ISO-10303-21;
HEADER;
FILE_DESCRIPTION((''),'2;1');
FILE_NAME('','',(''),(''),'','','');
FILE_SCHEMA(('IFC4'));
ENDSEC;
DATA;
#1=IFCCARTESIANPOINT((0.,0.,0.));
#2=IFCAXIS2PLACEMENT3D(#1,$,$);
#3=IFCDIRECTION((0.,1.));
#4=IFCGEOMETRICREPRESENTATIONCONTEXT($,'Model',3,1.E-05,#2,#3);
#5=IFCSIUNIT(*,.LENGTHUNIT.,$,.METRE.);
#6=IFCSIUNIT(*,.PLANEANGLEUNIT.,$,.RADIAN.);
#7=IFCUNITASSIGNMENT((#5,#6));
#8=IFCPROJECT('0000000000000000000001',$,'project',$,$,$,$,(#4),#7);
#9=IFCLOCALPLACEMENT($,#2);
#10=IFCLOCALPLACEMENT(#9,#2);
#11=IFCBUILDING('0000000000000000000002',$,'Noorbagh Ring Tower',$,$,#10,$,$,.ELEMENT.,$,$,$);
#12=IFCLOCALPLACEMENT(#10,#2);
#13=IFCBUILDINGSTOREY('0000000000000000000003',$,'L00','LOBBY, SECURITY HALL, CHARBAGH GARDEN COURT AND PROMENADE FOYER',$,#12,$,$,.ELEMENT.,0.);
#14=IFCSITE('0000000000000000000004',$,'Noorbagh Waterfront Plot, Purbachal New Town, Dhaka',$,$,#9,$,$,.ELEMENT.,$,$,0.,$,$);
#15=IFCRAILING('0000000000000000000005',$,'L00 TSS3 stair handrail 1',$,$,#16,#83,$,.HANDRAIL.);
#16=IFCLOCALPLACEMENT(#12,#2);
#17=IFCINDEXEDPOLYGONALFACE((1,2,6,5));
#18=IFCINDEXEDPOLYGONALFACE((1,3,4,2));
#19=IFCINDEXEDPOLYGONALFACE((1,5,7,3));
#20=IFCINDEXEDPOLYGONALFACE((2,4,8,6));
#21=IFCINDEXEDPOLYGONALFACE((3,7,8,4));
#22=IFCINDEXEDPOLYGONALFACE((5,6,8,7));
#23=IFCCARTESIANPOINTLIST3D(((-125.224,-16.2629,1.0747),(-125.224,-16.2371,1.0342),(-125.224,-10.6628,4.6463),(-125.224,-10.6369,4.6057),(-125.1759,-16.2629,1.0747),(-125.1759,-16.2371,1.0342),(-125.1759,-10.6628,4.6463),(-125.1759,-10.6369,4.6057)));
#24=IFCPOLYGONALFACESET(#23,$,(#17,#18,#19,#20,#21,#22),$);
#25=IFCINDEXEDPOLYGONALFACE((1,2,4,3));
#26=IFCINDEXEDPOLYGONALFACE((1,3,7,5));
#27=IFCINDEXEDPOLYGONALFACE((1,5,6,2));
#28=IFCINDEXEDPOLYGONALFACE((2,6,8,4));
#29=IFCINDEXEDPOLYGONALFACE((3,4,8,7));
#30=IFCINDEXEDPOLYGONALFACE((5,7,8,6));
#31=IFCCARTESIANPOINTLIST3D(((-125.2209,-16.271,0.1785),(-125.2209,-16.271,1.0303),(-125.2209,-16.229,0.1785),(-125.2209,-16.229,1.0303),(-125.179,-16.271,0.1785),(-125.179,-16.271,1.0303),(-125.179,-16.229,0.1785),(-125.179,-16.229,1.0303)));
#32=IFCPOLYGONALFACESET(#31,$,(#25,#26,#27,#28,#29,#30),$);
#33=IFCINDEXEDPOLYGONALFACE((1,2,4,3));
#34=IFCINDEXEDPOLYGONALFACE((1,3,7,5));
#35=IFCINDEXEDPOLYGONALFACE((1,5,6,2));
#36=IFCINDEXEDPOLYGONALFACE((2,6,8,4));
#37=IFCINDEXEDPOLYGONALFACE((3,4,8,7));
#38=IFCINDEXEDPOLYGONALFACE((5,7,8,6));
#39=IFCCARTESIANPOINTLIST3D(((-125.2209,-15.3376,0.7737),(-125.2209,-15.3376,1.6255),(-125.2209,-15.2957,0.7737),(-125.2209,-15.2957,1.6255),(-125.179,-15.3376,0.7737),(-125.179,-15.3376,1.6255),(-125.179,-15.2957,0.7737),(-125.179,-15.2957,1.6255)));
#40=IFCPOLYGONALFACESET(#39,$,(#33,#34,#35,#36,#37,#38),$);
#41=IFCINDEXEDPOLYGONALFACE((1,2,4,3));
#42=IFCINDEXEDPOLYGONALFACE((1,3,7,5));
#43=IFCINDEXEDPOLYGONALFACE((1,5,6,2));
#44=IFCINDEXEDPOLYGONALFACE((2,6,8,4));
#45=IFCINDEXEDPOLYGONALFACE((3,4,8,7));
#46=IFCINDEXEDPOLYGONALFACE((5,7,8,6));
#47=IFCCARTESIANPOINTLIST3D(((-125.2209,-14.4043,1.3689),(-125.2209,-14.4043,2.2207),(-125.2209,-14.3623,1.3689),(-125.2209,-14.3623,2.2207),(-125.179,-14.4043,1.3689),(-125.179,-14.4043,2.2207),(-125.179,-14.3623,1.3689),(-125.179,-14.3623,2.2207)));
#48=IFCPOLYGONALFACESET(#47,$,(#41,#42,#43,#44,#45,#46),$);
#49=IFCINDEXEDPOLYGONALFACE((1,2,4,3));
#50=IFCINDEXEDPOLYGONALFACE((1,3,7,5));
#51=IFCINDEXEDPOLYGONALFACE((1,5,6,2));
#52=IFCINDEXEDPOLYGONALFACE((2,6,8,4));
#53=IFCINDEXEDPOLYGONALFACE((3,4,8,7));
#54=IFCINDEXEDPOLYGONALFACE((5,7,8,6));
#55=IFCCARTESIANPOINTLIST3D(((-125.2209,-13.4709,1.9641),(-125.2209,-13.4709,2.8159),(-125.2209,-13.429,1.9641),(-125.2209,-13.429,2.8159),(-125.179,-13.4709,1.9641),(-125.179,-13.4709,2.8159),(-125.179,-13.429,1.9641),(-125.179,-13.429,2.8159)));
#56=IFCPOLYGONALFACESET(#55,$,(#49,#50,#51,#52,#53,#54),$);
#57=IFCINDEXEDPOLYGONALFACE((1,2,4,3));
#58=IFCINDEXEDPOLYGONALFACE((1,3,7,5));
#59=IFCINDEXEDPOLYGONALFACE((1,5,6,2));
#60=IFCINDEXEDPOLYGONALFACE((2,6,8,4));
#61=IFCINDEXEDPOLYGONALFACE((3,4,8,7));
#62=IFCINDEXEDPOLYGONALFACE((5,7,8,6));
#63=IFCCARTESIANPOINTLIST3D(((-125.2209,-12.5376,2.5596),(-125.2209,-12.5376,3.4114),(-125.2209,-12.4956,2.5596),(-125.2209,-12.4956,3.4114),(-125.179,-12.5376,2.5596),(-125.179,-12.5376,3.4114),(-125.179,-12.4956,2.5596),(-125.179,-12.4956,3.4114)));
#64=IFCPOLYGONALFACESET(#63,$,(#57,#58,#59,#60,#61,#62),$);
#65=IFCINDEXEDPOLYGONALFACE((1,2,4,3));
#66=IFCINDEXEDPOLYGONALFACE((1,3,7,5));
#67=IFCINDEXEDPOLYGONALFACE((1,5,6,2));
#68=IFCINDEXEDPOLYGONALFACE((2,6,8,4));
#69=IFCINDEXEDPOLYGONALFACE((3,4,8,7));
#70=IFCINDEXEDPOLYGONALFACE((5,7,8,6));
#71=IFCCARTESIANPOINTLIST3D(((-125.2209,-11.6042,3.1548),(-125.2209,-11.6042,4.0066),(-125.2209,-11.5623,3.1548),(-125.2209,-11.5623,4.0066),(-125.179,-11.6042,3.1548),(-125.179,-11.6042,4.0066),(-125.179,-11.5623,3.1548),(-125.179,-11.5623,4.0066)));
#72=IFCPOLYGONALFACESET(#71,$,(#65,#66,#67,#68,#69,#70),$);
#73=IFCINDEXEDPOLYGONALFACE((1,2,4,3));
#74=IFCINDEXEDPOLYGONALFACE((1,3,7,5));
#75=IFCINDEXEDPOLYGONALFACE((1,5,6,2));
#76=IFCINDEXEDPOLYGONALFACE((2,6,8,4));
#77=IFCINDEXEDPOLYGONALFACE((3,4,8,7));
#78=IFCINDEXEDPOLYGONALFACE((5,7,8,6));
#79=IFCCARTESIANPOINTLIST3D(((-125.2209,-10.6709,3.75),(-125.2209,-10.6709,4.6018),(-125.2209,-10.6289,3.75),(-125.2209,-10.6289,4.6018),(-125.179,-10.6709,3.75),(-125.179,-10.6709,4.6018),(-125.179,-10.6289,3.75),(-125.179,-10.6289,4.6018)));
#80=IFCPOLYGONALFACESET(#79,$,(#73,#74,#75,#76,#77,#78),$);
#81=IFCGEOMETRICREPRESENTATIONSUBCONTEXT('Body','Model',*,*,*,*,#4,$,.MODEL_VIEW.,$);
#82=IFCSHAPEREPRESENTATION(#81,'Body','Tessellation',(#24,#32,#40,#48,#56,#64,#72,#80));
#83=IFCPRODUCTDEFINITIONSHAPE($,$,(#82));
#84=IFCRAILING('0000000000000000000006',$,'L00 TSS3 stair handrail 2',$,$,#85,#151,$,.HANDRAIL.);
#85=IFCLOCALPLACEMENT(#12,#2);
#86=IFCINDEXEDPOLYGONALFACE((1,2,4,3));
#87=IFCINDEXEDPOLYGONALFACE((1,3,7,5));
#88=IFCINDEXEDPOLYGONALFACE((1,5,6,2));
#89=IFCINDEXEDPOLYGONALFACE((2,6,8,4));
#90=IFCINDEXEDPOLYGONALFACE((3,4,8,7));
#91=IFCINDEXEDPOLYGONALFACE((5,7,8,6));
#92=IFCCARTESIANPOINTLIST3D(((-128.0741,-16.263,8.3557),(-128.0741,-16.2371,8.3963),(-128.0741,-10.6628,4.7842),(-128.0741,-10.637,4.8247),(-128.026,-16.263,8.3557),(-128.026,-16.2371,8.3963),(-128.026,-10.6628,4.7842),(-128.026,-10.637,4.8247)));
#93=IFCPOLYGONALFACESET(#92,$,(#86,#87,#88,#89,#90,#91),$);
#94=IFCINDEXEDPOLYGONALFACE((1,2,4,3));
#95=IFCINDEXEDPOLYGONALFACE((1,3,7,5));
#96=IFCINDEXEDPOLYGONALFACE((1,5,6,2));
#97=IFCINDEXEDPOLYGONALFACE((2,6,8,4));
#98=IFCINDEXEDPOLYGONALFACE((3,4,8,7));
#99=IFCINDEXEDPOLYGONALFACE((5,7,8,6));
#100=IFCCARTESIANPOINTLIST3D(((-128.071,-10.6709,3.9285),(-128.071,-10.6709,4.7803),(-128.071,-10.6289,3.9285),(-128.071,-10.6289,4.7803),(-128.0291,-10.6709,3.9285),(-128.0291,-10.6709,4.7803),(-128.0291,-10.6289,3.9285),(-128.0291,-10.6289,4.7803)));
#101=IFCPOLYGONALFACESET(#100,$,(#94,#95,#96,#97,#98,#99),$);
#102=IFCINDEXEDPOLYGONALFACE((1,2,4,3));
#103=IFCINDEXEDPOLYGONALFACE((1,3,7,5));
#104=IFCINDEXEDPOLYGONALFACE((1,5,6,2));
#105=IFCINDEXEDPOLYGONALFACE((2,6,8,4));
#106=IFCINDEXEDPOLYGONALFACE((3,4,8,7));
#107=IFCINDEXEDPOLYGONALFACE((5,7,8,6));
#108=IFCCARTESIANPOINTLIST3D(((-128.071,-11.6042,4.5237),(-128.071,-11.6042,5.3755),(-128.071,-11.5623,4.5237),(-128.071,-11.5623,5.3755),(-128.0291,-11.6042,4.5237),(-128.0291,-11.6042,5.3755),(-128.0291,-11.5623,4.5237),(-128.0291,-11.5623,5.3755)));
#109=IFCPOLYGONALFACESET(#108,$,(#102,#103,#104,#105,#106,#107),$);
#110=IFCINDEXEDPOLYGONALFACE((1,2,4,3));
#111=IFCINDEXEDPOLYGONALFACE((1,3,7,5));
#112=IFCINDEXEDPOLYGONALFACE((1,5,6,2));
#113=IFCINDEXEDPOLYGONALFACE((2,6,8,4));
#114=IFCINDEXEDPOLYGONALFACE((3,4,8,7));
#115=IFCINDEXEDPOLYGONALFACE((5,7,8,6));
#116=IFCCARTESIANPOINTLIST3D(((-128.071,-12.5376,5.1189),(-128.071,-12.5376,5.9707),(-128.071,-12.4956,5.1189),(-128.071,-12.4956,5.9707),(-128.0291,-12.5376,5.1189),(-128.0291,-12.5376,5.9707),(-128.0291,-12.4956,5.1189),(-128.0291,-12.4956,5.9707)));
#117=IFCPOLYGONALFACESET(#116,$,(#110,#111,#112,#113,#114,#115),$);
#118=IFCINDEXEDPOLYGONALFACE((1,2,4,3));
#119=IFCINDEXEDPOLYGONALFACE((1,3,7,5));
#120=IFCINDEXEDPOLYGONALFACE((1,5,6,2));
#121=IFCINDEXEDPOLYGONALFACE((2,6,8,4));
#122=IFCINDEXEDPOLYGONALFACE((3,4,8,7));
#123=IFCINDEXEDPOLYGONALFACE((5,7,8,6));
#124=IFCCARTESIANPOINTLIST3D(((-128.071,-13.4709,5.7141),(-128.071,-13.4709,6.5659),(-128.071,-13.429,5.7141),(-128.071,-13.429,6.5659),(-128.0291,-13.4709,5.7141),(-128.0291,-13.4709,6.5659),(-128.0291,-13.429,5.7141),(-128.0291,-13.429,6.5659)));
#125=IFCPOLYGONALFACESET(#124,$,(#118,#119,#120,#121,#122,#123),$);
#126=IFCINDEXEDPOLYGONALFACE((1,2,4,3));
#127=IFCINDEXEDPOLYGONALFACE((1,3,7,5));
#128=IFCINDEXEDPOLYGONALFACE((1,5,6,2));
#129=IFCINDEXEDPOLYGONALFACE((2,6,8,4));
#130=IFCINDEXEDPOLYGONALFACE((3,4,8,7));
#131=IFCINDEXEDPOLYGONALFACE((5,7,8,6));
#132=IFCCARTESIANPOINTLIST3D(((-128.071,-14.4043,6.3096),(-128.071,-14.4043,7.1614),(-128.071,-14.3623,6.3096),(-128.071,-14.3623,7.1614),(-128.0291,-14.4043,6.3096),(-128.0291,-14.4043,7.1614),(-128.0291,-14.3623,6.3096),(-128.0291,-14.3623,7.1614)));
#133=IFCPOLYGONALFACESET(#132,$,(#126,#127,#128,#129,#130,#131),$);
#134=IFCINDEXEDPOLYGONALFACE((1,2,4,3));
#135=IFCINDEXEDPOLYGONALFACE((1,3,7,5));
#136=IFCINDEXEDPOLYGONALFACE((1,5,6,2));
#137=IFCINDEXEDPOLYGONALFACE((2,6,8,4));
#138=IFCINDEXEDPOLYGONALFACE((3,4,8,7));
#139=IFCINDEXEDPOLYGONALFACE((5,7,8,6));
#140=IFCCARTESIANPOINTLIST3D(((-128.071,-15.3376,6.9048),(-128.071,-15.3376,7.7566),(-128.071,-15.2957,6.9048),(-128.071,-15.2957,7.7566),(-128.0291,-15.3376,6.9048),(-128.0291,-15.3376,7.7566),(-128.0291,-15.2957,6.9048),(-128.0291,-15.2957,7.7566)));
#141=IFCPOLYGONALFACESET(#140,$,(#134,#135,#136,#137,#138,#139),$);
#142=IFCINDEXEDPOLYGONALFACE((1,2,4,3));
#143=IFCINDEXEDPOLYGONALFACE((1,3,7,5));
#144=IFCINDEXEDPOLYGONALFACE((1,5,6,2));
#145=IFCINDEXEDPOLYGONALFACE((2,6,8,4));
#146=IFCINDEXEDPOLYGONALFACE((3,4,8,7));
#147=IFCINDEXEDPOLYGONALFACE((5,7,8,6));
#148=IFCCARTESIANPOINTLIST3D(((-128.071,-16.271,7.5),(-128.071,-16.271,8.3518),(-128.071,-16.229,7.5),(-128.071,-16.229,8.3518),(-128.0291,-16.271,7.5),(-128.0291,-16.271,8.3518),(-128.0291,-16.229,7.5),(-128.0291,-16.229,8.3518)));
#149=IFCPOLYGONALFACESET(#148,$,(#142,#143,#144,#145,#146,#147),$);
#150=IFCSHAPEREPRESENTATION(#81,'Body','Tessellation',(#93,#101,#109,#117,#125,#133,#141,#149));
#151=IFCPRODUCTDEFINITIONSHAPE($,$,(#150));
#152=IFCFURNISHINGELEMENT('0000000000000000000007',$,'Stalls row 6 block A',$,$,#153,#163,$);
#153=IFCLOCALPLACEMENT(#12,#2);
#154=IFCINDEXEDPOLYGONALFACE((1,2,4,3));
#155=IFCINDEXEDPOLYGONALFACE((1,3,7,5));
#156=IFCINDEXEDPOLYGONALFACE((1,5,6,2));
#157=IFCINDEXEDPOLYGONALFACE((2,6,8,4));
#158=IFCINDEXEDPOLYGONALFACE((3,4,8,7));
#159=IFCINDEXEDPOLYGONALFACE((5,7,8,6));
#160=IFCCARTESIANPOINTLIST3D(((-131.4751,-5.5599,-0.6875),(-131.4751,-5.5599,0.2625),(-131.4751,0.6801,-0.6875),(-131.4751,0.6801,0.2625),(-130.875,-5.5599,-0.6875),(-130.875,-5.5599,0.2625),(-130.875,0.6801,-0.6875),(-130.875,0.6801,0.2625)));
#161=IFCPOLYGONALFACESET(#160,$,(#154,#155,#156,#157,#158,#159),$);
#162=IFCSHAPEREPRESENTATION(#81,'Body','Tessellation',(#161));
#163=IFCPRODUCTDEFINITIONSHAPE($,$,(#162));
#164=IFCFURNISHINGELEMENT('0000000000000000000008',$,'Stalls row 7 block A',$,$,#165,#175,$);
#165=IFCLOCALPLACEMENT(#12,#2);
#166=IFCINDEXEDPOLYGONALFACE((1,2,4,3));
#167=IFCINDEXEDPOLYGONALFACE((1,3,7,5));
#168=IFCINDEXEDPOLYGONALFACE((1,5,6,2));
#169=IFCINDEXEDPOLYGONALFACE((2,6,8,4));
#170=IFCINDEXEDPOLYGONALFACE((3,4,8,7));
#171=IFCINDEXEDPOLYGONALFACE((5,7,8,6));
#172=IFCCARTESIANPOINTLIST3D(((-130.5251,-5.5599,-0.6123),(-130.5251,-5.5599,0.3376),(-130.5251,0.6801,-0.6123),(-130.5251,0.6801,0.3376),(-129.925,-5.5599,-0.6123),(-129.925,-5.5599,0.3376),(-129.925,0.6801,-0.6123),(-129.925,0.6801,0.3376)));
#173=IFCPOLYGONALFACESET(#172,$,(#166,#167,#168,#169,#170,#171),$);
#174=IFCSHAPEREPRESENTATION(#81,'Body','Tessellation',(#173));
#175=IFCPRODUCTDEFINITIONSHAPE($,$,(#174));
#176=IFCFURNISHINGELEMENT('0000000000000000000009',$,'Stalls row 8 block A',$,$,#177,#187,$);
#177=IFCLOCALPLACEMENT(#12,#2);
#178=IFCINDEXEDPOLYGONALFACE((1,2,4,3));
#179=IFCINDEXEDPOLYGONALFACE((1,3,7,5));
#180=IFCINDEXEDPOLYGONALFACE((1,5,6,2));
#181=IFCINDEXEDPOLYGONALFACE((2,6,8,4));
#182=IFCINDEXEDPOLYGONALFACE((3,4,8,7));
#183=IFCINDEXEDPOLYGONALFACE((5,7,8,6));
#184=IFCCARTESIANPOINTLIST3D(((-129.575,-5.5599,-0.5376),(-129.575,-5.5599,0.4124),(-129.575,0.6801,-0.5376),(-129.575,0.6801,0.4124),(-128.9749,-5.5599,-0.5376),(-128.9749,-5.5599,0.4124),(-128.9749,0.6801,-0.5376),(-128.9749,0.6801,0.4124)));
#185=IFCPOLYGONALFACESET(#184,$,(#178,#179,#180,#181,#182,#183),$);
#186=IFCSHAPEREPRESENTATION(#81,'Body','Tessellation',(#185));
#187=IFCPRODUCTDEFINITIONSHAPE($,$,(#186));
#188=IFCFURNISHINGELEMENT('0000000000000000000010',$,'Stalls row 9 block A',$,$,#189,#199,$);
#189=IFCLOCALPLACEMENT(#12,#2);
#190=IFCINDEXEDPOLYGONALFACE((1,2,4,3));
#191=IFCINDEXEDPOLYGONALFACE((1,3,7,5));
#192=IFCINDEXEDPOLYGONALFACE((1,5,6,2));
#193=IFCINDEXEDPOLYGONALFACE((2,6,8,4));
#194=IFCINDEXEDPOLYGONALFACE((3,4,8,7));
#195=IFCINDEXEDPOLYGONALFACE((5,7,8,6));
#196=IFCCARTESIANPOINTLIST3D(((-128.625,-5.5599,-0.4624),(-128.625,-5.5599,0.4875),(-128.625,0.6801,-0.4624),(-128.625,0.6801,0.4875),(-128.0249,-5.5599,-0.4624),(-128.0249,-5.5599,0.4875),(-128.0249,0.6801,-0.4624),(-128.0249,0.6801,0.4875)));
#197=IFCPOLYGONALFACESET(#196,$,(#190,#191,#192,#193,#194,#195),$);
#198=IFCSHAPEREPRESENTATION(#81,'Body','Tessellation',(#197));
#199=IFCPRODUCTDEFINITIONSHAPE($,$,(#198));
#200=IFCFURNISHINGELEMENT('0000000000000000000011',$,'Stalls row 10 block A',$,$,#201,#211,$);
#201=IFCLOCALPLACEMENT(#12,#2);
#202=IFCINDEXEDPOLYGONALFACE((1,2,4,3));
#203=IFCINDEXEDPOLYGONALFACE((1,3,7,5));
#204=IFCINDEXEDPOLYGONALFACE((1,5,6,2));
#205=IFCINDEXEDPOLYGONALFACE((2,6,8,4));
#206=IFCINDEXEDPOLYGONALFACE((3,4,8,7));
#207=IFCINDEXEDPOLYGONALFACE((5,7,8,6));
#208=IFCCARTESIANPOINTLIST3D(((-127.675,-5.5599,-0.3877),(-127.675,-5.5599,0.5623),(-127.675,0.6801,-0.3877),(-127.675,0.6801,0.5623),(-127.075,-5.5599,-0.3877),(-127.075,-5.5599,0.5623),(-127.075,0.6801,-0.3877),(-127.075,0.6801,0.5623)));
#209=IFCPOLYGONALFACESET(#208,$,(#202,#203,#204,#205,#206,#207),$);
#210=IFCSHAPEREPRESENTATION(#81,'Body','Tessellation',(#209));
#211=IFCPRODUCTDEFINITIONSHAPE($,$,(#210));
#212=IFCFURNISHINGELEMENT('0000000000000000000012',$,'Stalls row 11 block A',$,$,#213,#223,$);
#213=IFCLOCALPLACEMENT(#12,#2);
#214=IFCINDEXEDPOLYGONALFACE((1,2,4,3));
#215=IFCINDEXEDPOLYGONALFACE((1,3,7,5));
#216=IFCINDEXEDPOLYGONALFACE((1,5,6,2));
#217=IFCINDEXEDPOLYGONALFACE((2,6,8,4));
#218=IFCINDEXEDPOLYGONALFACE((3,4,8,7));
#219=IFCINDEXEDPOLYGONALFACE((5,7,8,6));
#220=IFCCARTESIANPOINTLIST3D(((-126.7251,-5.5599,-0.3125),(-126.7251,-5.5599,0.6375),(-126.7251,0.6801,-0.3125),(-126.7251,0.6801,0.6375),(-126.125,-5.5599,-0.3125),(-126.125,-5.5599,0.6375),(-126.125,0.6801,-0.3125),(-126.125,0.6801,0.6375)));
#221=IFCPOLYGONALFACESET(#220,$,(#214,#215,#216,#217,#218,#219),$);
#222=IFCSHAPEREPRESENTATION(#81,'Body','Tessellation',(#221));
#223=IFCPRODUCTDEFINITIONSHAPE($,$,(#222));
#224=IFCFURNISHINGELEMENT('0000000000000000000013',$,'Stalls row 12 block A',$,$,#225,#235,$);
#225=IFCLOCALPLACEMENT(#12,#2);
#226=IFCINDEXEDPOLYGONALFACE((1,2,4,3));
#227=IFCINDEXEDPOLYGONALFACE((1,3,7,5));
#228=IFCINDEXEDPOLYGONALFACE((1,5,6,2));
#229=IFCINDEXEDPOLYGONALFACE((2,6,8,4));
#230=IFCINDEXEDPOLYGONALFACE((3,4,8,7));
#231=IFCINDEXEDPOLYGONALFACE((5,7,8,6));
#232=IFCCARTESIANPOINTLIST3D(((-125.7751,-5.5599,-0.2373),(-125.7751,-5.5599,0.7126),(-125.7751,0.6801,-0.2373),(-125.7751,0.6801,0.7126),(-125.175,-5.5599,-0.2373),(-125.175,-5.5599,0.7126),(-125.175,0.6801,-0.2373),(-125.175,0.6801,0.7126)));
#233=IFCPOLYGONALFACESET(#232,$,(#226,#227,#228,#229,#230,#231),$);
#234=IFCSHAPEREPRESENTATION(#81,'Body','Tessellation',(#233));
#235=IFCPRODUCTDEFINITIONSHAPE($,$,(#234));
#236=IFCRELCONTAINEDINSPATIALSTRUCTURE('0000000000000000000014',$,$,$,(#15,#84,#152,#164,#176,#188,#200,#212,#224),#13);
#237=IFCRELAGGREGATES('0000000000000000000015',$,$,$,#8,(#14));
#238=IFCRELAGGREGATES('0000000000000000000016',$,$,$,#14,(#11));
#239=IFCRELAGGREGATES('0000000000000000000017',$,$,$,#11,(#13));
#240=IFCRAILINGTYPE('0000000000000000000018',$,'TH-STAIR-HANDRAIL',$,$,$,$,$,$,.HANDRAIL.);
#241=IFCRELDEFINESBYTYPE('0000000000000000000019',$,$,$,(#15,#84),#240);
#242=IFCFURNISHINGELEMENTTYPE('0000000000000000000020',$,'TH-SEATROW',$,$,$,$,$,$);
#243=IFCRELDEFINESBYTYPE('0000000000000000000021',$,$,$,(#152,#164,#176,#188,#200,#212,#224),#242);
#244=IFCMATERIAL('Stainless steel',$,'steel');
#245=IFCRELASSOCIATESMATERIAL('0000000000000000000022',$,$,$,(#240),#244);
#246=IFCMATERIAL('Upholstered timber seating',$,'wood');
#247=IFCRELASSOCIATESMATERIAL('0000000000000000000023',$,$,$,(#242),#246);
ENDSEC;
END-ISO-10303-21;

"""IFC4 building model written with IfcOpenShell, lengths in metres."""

from ifc_helpers import new_model, si_unit, direction, frame, origin, origin_2d, place, context, subcontext, project, spatial, rectangle, extrude, material, type_object, element, save


model = new_model("IFC4")

# Units and contexts
model_context = context("Model", 3, precision=1e-05, world=origin(), true_north=direction((0.0, 1.0)))
body_context = subcontext(model_context, "Body", "Model", "MODEL_VIEW")
ifc_project = project(units=[si_unit("LENGTHUNIT", "METRE"), si_unit("PLANEANGLEUNIT", "RADIAN")], contexts=[model_context])

# Site, building, storey
site_placement = place(None, origin())
site = spatial("IfcSite", under=ifc_project, at=site_placement, Name="Noorbagh Waterfront Plot, Purbachal New Town, Dhaka", CompositionType="ELEMENT", RefElevation=0.0)
building_placement = place(site_placement, origin())
building = spatial("IfcBuilding", under=site, at=building_placement, Name="Noorbagh Ring Tower", CompositionType="ELEMENT")
storey_placement = place(building_placement, origin())
storey = spatial("IfcBuildingStorey", under=building, at=storey_placement, Name="L00", Description="LOBBY, SECURITY HALL, CHARBAGH GARDEN COURT AND PROMENADE FOYER", CompositionType="ELEMENT", Elevation=0.0)

# Railings
ifc_material_1 = material(Name="Stainless steel", Category="steel")
railing_type_1 = type_object("IfcRailingType", Name="TH-STAIR-HANDRAIL", PredefinedType="HANDRAIL", material=ifc_material_1)
railing_1_placement = place(storey_placement, frame((-125.2, -16.25, 0.1785)))
element("IfcRailing", 1, at=railing_1_placement, inside=storey, type_object=railing_type_1, Name="L00 TSS3 stair handrail 1", PredefinedType="HANDRAIL", context=body_context, shape_type="SweptSolid", body=[
    extrude(rectangle(XDim=0.0481, YDim=0.0481, at=origin_2d()), frame((0.0, 0.0, 0.876), z_axis=(0.0, 0.843127, 0.537715), x_axis=(-1.0, 0.0, 0.0)), (0.0, 0.0, 1.0), 6.6421),
    extrude(rectangle(XDim=0.042, YDim=0.042, at=origin_2d()), origin(), (0.0, 0.0, 1.0), 0.8518),
    extrude(rectangle(XDim=0.042, YDim=0.042, at=origin_2d()), frame((0.0, 0.9333, 0.5952)), (0.0, 0.0, 1.0), 0.8518),
    extrude(rectangle(XDim=0.042, YDim=0.042, at=origin_2d()), frame((0.0, 1.8667, 1.1904)), (0.0, 0.0, 1.0), 0.8518),
    extrude(rectangle(XDim=0.042, YDim=0.042, at=origin_2d()), frame((0.0, 2.8, 1.7856)), (0.0, 0.0, 1.0), 0.8518),
    extrude(rectangle(XDim=0.042, YDim=0.042, at=origin_2d()), frame((0.0, 3.7334, 2.3811)), (0.0, 0.0, 1.0), 0.8518),
    extrude(rectangle(XDim=0.042, YDim=0.042, at=origin_2d()), frame((0.0, 4.6667, 2.9763)), (0.0, 0.0, 1.0), 0.8518),
    extrude(rectangle(XDim=0.042, YDim=0.042, at=origin_2d()), frame((0.0, 5.6001, 3.5715)), (0.0, 0.0, 1.0), 0.8518),
])
railing_2_placement = place(storey_placement, frame((-128.05, -10.6499, 3.9285)))
element("IfcRailing", 2, at=railing_2_placement, inside=storey, type_object=railing_type_1, Name="L00 TSS3 stair handrail 2", PredefinedType="HANDRAIL", context=body_context, shape_type="SweptSolid", body=[
    extrude(rectangle(XDim=0.0481, YDim=0.0481, at=origin_2d()), frame((0.0, 0.0, 0.876), z_axis=(0.0, -0.843127, 0.537715), x_axis=(1.0, 0.0, 0.0)), (0.0, 0.0, 1.0), 6.6421),
    extrude(rectangle(XDim=0.042, YDim=0.042, at=origin_2d()), origin(), (0.0, 0.0, 1.0), 0.8518),
    extrude(rectangle(XDim=0.042, YDim=0.042, at=origin_2d()), frame((0.0, -0.9333, 0.5952)), (0.0, 0.0, 1.0), 0.8518),
    extrude(rectangle(XDim=0.042, YDim=0.042, at=origin_2d()), frame((0.0, -1.8667, 1.1904)), (0.0, 0.0, 1.0), 0.8518),
    extrude(rectangle(XDim=0.042, YDim=0.042, at=origin_2d()), frame((0.0, -2.8, 1.7856)), (0.0, 0.0, 1.0), 0.8518),
    extrude(rectangle(XDim=0.042, YDim=0.042, at=origin_2d()), frame((0.0, -3.7334, 2.3811)), (0.0, 0.0, 1.0), 0.8518),
    extrude(rectangle(XDim=0.042, YDim=0.042, at=origin_2d()), frame((0.0, -4.6667, 2.9763)), (0.0, 0.0, 1.0), 0.8518),
    extrude(rectangle(XDim=0.042, YDim=0.042, at=origin_2d()), frame((0.0, -5.6001, 3.5715)), (0.0, 0.0, 1.0), 0.8518),
])

# Furnishing elements
ifc_material_2 = material(Name="Upholstered timber seating", Category="wood")
furnishing_element_type = type_object("IfcFurnishingElementType", Name="TH-SEATROW", material=ifc_material_2)
for number, where, z_axis, x_axis, name in (
    (3, (-131.175, -2.4399, -0.6875), (0.0, 0.0, 1.0), (1.0, 0.0, 0.0), "Stalls row 6 block A"),
    (4, (-130.2251, -2.4399, -0.6123), (0.0, 0.0, 1.0), (1.0, 0.0, 0.0), "Stalls row 7 block A"),
    (5, (-129.2749, -2.4399, -0.5376), (0.0, 0.0, 1.0), (1.0, 0.0, 0.0), "Stalls row 8 block A"),
    (6, (-128.325, -2.4399, -0.4624), (0.0, 0.0, 1.0), (1.0, 0.0, 0.0), "Stalls row 9 block A"),
    (7, (-127.375, -2.4399, -0.3877), (0.0, 0.0, 1.0), (1.0, 0.0, 0.0), "Stalls row 10 block A"),
    (8, (-126.425, -2.4399, -0.3125), (0.0, 0.0, 1.0), (1.0, 0.0, 0.0), "Stalls row 11 block A"),
    (9, (-125.4751, -2.4399, -0.2373), (0.0, 0.0, 1.0), (1.0, 0.0, 0.0), "Stalls row 12 block A"),
):
    element("IfcFurnishingElement", number, at=place(storey_placement, frame(where, z_axis=z_axis, x_axis=x_axis)), inside=storey, type_object=furnishing_element_type, Name=name, context=body_context, shape_type="SweptSolid", body=[
        extrude(rectangle(XDim=0.6001, YDim=6.24, at=origin_2d()), origin(), (0.0, 0.0, 1.0), 0.95),
    ])

save(model, "model.ifc")
